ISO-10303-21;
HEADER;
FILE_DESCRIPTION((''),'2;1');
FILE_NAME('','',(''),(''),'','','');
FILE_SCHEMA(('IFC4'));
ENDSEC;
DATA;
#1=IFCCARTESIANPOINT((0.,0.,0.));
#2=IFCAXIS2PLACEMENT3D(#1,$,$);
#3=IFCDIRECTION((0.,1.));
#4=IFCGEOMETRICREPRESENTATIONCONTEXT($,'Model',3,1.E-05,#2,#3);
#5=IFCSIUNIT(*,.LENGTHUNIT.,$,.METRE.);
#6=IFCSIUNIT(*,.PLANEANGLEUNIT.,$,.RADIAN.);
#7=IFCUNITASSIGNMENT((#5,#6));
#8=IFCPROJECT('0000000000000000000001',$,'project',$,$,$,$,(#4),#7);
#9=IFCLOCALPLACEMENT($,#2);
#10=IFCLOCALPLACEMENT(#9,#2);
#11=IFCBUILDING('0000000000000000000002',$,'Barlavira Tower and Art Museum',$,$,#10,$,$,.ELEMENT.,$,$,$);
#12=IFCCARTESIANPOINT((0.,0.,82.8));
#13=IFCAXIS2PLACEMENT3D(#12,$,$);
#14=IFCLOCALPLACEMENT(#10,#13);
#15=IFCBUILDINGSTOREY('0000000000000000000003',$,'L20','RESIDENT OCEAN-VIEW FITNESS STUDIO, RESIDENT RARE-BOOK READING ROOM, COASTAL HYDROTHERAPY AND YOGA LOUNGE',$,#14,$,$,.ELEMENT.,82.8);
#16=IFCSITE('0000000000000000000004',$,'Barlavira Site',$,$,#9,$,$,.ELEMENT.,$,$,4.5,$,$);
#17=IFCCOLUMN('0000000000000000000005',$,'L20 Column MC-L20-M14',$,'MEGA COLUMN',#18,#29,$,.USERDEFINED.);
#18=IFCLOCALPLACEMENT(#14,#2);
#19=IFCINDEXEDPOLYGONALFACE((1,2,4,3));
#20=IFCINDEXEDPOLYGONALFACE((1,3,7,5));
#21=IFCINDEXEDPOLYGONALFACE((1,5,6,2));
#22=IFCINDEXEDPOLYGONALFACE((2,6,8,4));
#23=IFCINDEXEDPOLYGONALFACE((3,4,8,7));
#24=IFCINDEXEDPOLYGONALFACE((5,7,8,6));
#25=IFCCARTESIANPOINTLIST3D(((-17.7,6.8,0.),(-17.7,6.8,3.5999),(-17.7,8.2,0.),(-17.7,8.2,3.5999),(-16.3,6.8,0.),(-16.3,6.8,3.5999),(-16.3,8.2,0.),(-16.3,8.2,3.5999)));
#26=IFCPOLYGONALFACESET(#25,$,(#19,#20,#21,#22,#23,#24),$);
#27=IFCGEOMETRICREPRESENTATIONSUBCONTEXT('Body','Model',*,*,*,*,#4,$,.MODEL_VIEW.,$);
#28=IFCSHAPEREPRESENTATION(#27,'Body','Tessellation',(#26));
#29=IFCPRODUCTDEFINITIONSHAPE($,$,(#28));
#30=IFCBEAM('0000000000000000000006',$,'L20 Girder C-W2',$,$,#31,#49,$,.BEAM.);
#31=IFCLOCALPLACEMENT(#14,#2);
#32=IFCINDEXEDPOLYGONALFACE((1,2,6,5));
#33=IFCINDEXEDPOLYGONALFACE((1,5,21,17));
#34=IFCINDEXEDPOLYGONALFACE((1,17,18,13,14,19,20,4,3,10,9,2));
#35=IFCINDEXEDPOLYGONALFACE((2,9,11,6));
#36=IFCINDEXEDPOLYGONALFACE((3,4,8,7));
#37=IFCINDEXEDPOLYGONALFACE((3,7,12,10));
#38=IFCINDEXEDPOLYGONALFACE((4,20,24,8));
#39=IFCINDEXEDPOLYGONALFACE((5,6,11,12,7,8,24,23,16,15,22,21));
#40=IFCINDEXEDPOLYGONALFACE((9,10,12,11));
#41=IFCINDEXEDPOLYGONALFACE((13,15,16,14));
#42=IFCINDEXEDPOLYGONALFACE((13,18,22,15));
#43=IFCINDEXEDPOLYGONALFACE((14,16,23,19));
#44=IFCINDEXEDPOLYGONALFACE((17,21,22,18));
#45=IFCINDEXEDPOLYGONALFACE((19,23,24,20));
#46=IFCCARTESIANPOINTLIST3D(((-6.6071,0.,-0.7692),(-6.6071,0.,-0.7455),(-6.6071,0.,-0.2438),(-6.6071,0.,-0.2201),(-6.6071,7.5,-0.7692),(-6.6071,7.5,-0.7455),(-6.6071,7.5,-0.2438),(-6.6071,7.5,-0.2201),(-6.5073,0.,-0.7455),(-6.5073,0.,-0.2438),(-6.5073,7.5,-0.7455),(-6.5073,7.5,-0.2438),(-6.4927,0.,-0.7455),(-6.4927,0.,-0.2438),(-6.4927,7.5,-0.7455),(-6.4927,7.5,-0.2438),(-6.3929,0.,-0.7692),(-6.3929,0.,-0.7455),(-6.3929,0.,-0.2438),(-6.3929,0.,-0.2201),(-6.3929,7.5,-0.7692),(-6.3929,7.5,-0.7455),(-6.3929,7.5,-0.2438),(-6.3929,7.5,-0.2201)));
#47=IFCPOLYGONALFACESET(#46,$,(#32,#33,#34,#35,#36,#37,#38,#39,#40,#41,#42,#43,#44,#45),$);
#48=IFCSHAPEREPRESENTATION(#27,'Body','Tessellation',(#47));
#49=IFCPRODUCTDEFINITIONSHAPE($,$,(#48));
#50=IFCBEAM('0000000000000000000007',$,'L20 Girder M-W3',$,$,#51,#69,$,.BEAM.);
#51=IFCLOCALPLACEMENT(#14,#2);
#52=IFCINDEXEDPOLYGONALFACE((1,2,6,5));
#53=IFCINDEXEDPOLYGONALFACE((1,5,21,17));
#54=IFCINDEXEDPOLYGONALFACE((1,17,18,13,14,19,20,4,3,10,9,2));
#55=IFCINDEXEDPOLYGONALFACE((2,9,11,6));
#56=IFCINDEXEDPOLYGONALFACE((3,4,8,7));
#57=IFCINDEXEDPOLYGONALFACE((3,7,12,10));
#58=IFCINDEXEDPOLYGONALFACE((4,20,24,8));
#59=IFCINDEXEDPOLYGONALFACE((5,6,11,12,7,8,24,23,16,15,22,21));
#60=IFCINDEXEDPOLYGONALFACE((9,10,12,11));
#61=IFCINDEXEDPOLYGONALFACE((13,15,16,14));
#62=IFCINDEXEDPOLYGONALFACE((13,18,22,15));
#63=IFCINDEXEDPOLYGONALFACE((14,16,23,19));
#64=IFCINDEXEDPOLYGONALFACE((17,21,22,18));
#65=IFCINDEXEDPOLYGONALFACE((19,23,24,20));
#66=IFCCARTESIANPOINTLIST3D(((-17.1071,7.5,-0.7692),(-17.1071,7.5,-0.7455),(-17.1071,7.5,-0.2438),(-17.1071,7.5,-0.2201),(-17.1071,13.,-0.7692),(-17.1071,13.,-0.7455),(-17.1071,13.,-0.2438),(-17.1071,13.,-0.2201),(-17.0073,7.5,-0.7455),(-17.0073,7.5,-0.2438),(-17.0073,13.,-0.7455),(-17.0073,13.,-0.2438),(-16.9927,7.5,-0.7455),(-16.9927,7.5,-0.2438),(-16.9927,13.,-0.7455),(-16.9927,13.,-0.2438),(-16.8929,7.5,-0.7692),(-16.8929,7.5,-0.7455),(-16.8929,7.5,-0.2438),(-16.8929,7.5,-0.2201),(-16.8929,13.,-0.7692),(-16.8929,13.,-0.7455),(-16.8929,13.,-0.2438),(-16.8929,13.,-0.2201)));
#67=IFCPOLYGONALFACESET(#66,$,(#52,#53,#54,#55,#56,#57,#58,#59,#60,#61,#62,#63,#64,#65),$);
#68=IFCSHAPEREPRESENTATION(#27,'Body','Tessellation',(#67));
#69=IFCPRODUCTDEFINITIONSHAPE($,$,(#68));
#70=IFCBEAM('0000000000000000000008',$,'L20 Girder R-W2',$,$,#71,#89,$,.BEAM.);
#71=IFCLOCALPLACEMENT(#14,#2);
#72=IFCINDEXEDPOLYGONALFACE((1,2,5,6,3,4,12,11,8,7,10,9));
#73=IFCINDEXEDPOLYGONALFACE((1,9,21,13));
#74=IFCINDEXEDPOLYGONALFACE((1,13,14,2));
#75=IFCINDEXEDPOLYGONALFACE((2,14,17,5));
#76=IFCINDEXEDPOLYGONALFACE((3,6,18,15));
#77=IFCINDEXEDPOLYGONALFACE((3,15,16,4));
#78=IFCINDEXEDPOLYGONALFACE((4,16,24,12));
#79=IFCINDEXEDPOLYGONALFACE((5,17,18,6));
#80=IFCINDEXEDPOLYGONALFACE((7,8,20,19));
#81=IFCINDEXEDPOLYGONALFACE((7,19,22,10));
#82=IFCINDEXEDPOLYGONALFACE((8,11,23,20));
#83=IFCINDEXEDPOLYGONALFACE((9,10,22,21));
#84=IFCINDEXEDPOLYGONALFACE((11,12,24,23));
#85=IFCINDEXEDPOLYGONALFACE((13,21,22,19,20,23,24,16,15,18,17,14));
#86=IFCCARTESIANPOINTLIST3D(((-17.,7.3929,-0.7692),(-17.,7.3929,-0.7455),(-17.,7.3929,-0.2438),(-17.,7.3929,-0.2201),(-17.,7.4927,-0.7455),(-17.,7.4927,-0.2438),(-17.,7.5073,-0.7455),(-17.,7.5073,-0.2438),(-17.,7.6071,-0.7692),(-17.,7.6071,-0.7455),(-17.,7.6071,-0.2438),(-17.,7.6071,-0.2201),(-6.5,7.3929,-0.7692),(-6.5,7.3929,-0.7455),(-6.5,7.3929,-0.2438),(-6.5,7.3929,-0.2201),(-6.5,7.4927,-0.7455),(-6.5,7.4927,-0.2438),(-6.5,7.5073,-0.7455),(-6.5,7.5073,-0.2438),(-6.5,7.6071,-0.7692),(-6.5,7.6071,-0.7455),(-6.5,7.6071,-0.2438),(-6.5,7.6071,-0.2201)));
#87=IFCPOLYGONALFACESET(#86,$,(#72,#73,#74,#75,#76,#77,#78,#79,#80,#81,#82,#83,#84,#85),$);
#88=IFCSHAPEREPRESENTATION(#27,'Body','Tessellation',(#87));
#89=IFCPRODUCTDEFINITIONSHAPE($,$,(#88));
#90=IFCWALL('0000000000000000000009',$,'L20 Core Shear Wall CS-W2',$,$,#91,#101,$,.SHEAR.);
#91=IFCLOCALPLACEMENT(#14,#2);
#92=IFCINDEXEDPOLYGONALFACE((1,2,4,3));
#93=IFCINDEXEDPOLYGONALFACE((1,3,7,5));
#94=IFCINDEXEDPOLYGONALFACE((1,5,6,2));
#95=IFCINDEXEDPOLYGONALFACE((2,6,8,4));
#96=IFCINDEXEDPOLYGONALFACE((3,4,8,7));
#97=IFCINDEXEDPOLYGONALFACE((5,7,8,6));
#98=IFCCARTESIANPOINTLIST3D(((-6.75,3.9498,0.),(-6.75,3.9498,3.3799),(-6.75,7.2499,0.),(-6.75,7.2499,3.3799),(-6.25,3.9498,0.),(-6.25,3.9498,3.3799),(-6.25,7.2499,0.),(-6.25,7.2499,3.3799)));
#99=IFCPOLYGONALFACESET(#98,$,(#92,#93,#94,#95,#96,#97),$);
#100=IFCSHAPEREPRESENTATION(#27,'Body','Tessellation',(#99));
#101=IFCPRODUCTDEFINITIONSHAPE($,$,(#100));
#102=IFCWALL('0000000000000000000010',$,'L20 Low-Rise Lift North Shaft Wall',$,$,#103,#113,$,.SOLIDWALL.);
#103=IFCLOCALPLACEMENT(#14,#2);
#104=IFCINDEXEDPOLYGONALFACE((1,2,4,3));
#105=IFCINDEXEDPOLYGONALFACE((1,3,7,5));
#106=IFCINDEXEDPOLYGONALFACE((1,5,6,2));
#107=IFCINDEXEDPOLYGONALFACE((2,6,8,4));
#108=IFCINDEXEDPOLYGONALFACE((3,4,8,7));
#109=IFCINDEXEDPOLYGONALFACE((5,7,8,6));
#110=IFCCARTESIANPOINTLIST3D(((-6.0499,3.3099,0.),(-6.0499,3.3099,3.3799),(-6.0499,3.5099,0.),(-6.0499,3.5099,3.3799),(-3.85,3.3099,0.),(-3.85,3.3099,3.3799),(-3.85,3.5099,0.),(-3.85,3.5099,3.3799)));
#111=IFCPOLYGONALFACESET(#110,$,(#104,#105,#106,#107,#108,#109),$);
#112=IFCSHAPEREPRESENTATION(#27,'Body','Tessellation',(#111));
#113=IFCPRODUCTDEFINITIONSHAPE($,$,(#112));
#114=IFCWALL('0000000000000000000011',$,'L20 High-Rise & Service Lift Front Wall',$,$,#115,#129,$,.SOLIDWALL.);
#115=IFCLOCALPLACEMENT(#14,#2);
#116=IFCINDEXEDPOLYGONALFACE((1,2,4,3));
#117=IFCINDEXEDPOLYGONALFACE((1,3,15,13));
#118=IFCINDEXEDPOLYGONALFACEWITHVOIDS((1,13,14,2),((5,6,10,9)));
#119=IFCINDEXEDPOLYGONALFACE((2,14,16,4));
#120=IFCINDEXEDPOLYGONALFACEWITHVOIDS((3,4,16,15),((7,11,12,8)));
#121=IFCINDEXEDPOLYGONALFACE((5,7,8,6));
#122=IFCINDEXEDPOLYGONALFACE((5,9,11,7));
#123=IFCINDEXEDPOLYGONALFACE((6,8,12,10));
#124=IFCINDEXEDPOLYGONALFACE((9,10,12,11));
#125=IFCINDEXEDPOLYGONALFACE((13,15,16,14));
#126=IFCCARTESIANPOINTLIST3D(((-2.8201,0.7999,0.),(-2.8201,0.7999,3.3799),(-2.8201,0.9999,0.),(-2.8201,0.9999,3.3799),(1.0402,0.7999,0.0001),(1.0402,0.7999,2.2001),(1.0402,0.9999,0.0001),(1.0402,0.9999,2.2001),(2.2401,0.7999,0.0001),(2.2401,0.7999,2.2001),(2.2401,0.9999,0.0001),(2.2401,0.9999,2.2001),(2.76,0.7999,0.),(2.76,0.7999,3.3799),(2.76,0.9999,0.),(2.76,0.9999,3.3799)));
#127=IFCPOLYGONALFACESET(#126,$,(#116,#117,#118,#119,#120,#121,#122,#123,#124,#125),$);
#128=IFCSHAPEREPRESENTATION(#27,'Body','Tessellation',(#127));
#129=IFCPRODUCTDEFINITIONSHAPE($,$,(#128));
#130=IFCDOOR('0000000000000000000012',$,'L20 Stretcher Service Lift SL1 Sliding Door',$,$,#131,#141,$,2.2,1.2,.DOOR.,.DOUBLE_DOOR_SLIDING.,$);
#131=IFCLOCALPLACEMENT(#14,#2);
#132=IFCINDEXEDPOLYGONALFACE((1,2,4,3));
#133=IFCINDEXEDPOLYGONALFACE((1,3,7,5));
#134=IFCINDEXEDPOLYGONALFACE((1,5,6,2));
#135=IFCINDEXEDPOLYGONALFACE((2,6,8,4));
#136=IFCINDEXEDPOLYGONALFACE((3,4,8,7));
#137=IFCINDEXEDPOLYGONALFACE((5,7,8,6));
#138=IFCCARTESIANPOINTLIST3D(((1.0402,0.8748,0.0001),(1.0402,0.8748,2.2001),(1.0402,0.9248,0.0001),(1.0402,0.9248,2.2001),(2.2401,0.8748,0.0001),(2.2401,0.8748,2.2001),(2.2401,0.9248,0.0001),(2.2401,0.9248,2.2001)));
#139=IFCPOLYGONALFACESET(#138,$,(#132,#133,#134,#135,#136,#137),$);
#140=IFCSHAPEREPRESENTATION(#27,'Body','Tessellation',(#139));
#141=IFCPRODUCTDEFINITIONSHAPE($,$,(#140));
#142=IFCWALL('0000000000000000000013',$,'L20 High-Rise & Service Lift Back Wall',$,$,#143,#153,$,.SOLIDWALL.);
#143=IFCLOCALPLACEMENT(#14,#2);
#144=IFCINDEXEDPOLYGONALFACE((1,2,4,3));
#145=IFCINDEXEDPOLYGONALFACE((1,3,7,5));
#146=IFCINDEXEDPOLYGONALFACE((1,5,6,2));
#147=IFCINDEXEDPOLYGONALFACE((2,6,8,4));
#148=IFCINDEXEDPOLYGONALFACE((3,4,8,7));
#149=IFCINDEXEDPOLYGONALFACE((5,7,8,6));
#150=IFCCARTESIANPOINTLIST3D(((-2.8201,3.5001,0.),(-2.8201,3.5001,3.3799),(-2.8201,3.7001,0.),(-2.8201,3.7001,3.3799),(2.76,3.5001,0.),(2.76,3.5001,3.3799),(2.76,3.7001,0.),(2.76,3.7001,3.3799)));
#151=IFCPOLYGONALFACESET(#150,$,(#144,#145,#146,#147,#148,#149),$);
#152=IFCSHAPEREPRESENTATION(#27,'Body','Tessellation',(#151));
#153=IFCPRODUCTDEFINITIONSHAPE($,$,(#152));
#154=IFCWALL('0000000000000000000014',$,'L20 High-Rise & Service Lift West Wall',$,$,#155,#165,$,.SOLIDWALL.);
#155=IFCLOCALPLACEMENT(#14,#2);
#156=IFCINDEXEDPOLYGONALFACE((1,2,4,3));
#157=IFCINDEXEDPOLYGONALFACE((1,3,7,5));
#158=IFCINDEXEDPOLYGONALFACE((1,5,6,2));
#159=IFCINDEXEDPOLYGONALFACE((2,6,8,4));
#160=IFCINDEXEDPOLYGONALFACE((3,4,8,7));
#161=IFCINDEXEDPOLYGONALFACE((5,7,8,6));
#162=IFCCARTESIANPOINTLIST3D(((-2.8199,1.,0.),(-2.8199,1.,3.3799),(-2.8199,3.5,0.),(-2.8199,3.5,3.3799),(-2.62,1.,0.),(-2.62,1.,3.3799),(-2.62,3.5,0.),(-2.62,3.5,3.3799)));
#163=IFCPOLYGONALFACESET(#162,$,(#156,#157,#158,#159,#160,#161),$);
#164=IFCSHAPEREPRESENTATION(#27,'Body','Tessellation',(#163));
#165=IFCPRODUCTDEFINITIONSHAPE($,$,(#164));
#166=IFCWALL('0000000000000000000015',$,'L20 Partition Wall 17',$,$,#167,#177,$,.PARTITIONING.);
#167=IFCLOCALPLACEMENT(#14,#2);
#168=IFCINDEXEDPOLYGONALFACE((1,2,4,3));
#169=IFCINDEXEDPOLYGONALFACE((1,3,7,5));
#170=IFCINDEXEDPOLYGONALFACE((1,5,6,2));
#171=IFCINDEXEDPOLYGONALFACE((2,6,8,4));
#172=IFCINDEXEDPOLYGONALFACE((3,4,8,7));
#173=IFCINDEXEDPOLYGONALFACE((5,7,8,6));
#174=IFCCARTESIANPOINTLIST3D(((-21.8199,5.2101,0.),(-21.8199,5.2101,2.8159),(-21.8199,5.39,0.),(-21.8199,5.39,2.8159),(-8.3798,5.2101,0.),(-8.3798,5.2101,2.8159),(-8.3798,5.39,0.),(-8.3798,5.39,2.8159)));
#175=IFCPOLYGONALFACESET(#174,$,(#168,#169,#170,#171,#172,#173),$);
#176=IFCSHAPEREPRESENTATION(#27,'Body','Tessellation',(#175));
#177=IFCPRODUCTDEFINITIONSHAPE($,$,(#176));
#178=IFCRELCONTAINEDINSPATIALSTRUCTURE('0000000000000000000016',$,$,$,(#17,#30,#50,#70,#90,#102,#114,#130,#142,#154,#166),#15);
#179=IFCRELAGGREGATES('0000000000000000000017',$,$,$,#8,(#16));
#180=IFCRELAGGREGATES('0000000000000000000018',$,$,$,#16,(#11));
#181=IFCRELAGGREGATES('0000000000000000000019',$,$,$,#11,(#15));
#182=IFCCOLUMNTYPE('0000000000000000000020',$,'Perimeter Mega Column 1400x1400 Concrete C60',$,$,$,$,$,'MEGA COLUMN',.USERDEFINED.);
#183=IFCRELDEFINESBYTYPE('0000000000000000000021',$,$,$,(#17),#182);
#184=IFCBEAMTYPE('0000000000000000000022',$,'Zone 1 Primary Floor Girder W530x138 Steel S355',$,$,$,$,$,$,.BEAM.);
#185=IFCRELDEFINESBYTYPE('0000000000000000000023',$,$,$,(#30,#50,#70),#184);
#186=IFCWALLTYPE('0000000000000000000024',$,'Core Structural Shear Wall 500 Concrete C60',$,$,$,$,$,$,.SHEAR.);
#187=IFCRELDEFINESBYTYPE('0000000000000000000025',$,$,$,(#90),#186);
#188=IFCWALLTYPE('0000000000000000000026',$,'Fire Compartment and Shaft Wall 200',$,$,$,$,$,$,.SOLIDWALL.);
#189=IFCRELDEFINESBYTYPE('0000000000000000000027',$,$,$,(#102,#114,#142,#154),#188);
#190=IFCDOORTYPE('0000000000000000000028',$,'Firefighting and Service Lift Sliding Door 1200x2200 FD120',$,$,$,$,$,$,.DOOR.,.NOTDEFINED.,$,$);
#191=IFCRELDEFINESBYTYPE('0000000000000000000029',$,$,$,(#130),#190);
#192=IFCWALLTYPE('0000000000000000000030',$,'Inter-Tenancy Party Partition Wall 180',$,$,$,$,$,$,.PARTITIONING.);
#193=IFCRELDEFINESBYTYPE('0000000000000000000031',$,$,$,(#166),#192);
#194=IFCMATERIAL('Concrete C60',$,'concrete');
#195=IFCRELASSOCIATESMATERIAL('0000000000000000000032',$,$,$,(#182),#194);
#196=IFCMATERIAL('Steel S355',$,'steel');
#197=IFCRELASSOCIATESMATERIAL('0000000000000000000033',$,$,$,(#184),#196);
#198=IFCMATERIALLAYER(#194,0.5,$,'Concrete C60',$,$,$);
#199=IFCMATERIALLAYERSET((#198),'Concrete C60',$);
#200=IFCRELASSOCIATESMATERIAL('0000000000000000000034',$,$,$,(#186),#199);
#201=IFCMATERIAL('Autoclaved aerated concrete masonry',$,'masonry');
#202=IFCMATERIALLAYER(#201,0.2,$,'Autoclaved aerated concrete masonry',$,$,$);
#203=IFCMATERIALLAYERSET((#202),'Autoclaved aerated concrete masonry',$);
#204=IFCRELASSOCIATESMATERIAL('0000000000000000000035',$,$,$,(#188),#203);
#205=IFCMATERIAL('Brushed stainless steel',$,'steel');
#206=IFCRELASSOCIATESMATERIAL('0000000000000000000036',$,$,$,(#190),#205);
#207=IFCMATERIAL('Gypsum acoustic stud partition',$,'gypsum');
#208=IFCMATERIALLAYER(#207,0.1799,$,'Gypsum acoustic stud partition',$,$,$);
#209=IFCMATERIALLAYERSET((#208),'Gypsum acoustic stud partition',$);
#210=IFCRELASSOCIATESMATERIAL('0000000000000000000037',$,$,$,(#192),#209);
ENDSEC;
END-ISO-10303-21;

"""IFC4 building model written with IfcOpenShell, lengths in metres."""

from ifc_helpers import new_model, si_unit, direction, frame, frame_2d, origin, origin_2d, place, context, subcontext, project, spatial, rectangle, i_section, extrude, material, layer, layer_set, material_profile, profile_set, type_object, element, fill, save


model = new_model("IFC4")

# Units and contexts
model_context = context("Model", 3, precision=1e-05, world=origin(), true_north=direction((0.0, 1.0)))
body_context = subcontext(model_context, "Body", "Model", "MODEL_VIEW")
ifc_project = project(units=[si_unit("LENGTHUNIT", "METRE"), si_unit("PLANEANGLEUNIT", "RADIAN")], contexts=[model_context])

# Site, building, storey
site_placement = place(None, origin())
site = spatial("IfcSite", under=ifc_project, at=site_placement, Name="Barlavira Site", CompositionType="ELEMENT", RefElevation=4.5)
building_placement = place(site_placement, origin())
building = spatial("IfcBuilding", under=site, at=building_placement, Name="Barlavira Tower and Art Museum", CompositionType="ELEMENT")
storey_placement = place(building_placement, frame((0.0, 0.0, 82.8)))
storey = spatial("IfcBuildingStorey", under=building, at=storey_placement, Name="L20", Description="RESIDENT OCEAN-VIEW FITNESS STUDIO, RESIDENT RARE-BOOK READING ROOM, COASTAL HYDROTHERAPY AND YOGA LOUNGE", CompositionType="ELEMENT", Elevation=82.8)

# Column
ifc_material_1 = material(Name="Concrete C60", Category="concrete")
ifc_material_profile_1 = material_profile(ifc_material_1, rectangle(XDim=1.3999, YDim=1.3999, at=origin_2d()), Name="RC-MCOL 1400x1400")
ifc_profile_set_1 = profile_set([ifc_material_profile_1], Name="Concrete C60")
column_type = type_object("IfcColumnType", Name="Perimeter Mega Column 1400x1400 Concrete C60", ElementType="MEGA COLUMN", PredefinedType="USERDEFINED", material=ifc_profile_set_1)
column_placement = place(storey_placement, frame((-17.0, 7.5, 0.0), z_axis=(0.0, 0.0, 1.0), x_axis=(1.0, 0.0, 0.0)))
element("IfcColumn", 1, at=column_placement, inside=storey, type_object=column_type, Name="L20 Column MC-L20-M14", ObjectType="MEGA COLUMN", PredefinedType="USERDEFINED", context=body_context, shape_type="SweptSolid", body=[
    extrude(rectangle(XDim=1.3999, YDim=1.3999, at=origin_2d()), origin(), (0.0, 0.0, 1.0), 3.5999),
])

# Beams
ifc_material_2 = material(Name="Steel S355", Category="steel")
ifc_material_profile_2 = material_profile(ifc_material_2, i_section(OverallWidth=0.2141, OverallDepth=0.5491, WebThickness=0.0146, FlangeThickness=0.0237, at=origin_2d()), Name="W530x138.0")
ifc_profile_set_2 = profile_set([ifc_material_profile_2], Name="Steel S355")
beam_type = type_object("IfcBeamType", Name="Zone 1 Primary Floor Girder W530x138 Steel S355", PredefinedType="BEAM", material=ifc_profile_set_2)
beam_1_placement = place(storey_placement, frame((-6.5, 0.0, -0.4946), z_axis=(0.0, 1.0, 0.0), x_axis=(-1.0, 0.0, 0.0)))
element("IfcBeam", 2, at=beam_1_placement, inside=storey, type_object=beam_type, Name="L20 Girder C-W2", PredefinedType="BEAM", context=body_context, shape_type="SweptSolid", body=[
    extrude(i_section(OverallWidth=0.2141, OverallDepth=0.5491, WebThickness=0.0146, FlangeThickness=0.0237, at=origin_2d()), origin(), (0.0, 0.0, 1.0), 7.5),
])
beam_2_placement = place(storey_placement, frame((-17.0, 7.5, -0.4946), z_axis=(0.0, 1.0, 0.0), x_axis=(-1.0, 0.0, 0.0)))
element("IfcBeam", 3, at=beam_2_placement, inside=storey, type_object=beam_type, Name="L20 Girder M-W3", PredefinedType="BEAM", context=body_context, shape_type="SweptSolid", body=[
    extrude(i_section(OverallWidth=0.2141, OverallDepth=0.5491, WebThickness=0.0146, FlangeThickness=0.0237, at=origin_2d()), origin(), (0.0, 0.0, 1.0), 5.5),
])
beam_3_placement = place(storey_placement, frame((-17.0, 7.5, -0.4946), z_axis=(1.0, 0.0, 0.0), x_axis=(0.0, 1.0, 0.0)))
element("IfcBeam", 4, at=beam_3_placement, inside=storey, type_object=beam_type, Name="L20 Girder R-W2", PredefinedType="BEAM", context=body_context, shape_type="SweptSolid", body=[
    extrude(i_section(OverallWidth=0.2141, OverallDepth=0.5491, WebThickness=0.0146, FlangeThickness=0.0237, at=origin_2d()), origin(), (0.0, 0.0, 1.0), 10.5),
])

# Shared definitions
ifc_layer_1 = layer(ifc_material_1, 0.5, Name="Concrete C60")
ifc_layer_set_1 = layer_set([ifc_layer_1], Name="Concrete C60")
wall_type_1 = type_object("IfcWallType", Name="Core Structural Shear Wall 500 Concrete C60", PredefinedType="SHEAR", material=ifc_layer_set_1)
ifc_material_3 = material(Name="Brushed stainless steel", Category="steel")

# Walls
wall_1_placement = place(storey_placement, frame((-6.5, 3.95, 0.0), z_axis=(0.0, 0.0, 1.0), x_axis=(0.0, 1.0, 0.0)))
element("IfcWall", 5, at=wall_1_placement, inside=storey, type_object=wall_type_1, Name="L20 Core Shear Wall CS-W2", PredefinedType="SHEAR", context=body_context, shape_type="SweptSolid", body=[
    extrude(rectangle(XDim=3.3, YDim=0.5, at=frame_2d((1.6499, 0.0))), origin(), (0.0, 0.0, 1.0), 3.3799),
])
ifc_material_4 = material(Name="Autoclaved aerated concrete masonry", Category="masonry")
ifc_layer_2 = layer(ifc_material_4, 0.2, Name="Autoclaved aerated concrete masonry")
ifc_layer_set_2 = layer_set([ifc_layer_2], Name="Autoclaved aerated concrete masonry")
wall_type_2 = type_object("IfcWallType", Name="Fire Compartment and Shaft Wall 200", PredefinedType="SOLIDWALL", material=ifc_layer_set_2)
wall_2_placement = place(storey_placement, frame((-6.05, 3.4099, 0.0), z_axis=(0.0, 0.0, 1.0), x_axis=(1.0, 0.0, 0.0)))
element("IfcWall", 6, at=wall_2_placement, inside=storey, type_object=wall_type_2, Name="L20 Low-Rise Lift North Shaft Wall", PredefinedType="SOLIDWALL", context=body_context, shape_type="SweptSolid", body=[
    extrude(rectangle(XDim=2.2, YDim=0.2, at=frame_2d((1.1001, 0.0))), origin(), (0.0, 0.0, 1.0), 3.3799),
])

# Wall, opening, door
wall_3_placement = place(storey_placement, frame((-2.8201, 0.8999, 0.0), z_axis=(0.0, 0.0, 1.0), x_axis=(1.0, 0.0, 0.0)))
wall_3 = element("IfcWall", 7, at=wall_3_placement, inside=storey, type_object=wall_type_2, Name="L20 High-Rise & Service Lift Front Wall", PredefinedType="SOLIDWALL", context=body_context, shape_type="SweptSolid", body=[
    extrude(rectangle(XDim=5.5801, YDim=0.2, at=frame_2d((2.79, 0.0))), origin(), (0.0, 0.0, 1.0), 3.3799),
])
opening_1_placement = place(wall_3_placement, frame((3.8601, 0.0, 0.0)))
opening_1 = element("IfcOpeningElement", 8, at=opening_1_placement, cuts=wall_3, PredefinedType="OPENING", context=body_context, shape_type="SweptSolid", body=[
    extrude(rectangle(XDim=1.2, YDim=2.2, at=frame_2d((0.6001, 1.1001))), frame((0.0, 0.1099, 0.0), z_axis=(0.0, -1.0, 0.0), x_axis=(1.0, 0.0, 0.0)), (0.0, 0.0, 1.0), 0.22),
])
door_type_1 = type_object("IfcDoorType", Name="Firefighting and Service Lift Sliding Door 1200x2200 FD120", OperationType="NOTDEFINED", PredefinedType="DOOR", material=ifc_material_3)
door_1_placement = place(opening_1_placement, origin())
door_1 = element("IfcDoor", 9, at=door_1_placement, inside=storey, type_object=door_type_1, Name="L20 Stretcher Service Lift SL1 Sliding Door", OperationType="DOUBLE_DOOR_SLIDING", OverallHeight=2.2, OverallWidth=1.2, PredefinedType="DOOR", context=body_context, shape_type="SweptSolid", body=[
    extrude(rectangle(XDim=1.2, YDim=2.2, at=frame_2d((0.6001, 1.1001))), frame((0.0, 0.0249, 0.0), z_axis=(0.0, -1.0, 0.0), x_axis=(1.0, 0.0, 0.0)), (0.0, 0.0, 1.0), 0.05),
])
fill(opening_1, door_1)

# Walls
wall_4_placement = place(storey_placement, frame((-2.8201, 3.6001, 0.0), z_axis=(0.0, 0.0, 1.0), x_axis=(1.0, 0.0, 0.0)))
element("IfcWall", 10, at=wall_4_placement, inside=storey, type_object=wall_type_2, Name="L20 High-Rise & Service Lift Back Wall", PredefinedType="SOLIDWALL", context=body_context, shape_type="SweptSolid", body=[
    extrude(rectangle(XDim=5.5801, YDim=0.2, at=frame_2d((2.79, 0.0))), origin(), (0.0, 0.0, 1.0), 3.3799),
])
wall_5_placement = place(storey_placement, frame((-2.72, 1.0, 0.0), z_axis=(0.0, 0.0, 1.0), x_axis=(0.0, 1.0, 0.0)))
element("IfcWall", 11, at=wall_5_placement, inside=storey, type_object=wall_type_2, Name="L20 High-Rise & Service Lift West Wall", PredefinedType="SOLIDWALL", context=body_context, shape_type="SweptSolid", body=[
    extrude(rectangle(XDim=2.5, YDim=0.2, at=frame_2d((1.25, 0.0))), origin(), (0.0, 0.0, 1.0), 3.3799),
])
ifc_material_5 = material(Name="Gypsum acoustic stud partition", Category="gypsum")
ifc_layer_3 = layer(ifc_material_5, 0.1799, Name="Gypsum acoustic stud partition")
ifc_layer_set_3 = layer_set([ifc_layer_3], Name="Gypsum acoustic stud partition")
wall_type_3 = type_object("IfcWallType", Name="Inter-Tenancy Party Partition Wall 180", PredefinedType="PARTITIONING", material=ifc_layer_set_3)
wall_6_placement = place(storey_placement, frame((-21.8201, 5.3, 0.0), z_axis=(0.0, 0.0, 1.0), x_axis=(1.0, 0.0, 0.0)))
element("IfcWall", 12, at=wall_6_placement, inside=storey, type_object=wall_type_3, Name="L20 Partition Wall 17", PredefinedType="PARTITIONING", context=body_context, shape_type="SweptSolid", body=[
    extrude(rectangle(XDim=13.4402, YDim=0.1799, at=frame_2d((6.7202, 0.0))), origin(), (0.0, 0.0, 1.0), 2.8159),
])

save(model, "model.ifc")
